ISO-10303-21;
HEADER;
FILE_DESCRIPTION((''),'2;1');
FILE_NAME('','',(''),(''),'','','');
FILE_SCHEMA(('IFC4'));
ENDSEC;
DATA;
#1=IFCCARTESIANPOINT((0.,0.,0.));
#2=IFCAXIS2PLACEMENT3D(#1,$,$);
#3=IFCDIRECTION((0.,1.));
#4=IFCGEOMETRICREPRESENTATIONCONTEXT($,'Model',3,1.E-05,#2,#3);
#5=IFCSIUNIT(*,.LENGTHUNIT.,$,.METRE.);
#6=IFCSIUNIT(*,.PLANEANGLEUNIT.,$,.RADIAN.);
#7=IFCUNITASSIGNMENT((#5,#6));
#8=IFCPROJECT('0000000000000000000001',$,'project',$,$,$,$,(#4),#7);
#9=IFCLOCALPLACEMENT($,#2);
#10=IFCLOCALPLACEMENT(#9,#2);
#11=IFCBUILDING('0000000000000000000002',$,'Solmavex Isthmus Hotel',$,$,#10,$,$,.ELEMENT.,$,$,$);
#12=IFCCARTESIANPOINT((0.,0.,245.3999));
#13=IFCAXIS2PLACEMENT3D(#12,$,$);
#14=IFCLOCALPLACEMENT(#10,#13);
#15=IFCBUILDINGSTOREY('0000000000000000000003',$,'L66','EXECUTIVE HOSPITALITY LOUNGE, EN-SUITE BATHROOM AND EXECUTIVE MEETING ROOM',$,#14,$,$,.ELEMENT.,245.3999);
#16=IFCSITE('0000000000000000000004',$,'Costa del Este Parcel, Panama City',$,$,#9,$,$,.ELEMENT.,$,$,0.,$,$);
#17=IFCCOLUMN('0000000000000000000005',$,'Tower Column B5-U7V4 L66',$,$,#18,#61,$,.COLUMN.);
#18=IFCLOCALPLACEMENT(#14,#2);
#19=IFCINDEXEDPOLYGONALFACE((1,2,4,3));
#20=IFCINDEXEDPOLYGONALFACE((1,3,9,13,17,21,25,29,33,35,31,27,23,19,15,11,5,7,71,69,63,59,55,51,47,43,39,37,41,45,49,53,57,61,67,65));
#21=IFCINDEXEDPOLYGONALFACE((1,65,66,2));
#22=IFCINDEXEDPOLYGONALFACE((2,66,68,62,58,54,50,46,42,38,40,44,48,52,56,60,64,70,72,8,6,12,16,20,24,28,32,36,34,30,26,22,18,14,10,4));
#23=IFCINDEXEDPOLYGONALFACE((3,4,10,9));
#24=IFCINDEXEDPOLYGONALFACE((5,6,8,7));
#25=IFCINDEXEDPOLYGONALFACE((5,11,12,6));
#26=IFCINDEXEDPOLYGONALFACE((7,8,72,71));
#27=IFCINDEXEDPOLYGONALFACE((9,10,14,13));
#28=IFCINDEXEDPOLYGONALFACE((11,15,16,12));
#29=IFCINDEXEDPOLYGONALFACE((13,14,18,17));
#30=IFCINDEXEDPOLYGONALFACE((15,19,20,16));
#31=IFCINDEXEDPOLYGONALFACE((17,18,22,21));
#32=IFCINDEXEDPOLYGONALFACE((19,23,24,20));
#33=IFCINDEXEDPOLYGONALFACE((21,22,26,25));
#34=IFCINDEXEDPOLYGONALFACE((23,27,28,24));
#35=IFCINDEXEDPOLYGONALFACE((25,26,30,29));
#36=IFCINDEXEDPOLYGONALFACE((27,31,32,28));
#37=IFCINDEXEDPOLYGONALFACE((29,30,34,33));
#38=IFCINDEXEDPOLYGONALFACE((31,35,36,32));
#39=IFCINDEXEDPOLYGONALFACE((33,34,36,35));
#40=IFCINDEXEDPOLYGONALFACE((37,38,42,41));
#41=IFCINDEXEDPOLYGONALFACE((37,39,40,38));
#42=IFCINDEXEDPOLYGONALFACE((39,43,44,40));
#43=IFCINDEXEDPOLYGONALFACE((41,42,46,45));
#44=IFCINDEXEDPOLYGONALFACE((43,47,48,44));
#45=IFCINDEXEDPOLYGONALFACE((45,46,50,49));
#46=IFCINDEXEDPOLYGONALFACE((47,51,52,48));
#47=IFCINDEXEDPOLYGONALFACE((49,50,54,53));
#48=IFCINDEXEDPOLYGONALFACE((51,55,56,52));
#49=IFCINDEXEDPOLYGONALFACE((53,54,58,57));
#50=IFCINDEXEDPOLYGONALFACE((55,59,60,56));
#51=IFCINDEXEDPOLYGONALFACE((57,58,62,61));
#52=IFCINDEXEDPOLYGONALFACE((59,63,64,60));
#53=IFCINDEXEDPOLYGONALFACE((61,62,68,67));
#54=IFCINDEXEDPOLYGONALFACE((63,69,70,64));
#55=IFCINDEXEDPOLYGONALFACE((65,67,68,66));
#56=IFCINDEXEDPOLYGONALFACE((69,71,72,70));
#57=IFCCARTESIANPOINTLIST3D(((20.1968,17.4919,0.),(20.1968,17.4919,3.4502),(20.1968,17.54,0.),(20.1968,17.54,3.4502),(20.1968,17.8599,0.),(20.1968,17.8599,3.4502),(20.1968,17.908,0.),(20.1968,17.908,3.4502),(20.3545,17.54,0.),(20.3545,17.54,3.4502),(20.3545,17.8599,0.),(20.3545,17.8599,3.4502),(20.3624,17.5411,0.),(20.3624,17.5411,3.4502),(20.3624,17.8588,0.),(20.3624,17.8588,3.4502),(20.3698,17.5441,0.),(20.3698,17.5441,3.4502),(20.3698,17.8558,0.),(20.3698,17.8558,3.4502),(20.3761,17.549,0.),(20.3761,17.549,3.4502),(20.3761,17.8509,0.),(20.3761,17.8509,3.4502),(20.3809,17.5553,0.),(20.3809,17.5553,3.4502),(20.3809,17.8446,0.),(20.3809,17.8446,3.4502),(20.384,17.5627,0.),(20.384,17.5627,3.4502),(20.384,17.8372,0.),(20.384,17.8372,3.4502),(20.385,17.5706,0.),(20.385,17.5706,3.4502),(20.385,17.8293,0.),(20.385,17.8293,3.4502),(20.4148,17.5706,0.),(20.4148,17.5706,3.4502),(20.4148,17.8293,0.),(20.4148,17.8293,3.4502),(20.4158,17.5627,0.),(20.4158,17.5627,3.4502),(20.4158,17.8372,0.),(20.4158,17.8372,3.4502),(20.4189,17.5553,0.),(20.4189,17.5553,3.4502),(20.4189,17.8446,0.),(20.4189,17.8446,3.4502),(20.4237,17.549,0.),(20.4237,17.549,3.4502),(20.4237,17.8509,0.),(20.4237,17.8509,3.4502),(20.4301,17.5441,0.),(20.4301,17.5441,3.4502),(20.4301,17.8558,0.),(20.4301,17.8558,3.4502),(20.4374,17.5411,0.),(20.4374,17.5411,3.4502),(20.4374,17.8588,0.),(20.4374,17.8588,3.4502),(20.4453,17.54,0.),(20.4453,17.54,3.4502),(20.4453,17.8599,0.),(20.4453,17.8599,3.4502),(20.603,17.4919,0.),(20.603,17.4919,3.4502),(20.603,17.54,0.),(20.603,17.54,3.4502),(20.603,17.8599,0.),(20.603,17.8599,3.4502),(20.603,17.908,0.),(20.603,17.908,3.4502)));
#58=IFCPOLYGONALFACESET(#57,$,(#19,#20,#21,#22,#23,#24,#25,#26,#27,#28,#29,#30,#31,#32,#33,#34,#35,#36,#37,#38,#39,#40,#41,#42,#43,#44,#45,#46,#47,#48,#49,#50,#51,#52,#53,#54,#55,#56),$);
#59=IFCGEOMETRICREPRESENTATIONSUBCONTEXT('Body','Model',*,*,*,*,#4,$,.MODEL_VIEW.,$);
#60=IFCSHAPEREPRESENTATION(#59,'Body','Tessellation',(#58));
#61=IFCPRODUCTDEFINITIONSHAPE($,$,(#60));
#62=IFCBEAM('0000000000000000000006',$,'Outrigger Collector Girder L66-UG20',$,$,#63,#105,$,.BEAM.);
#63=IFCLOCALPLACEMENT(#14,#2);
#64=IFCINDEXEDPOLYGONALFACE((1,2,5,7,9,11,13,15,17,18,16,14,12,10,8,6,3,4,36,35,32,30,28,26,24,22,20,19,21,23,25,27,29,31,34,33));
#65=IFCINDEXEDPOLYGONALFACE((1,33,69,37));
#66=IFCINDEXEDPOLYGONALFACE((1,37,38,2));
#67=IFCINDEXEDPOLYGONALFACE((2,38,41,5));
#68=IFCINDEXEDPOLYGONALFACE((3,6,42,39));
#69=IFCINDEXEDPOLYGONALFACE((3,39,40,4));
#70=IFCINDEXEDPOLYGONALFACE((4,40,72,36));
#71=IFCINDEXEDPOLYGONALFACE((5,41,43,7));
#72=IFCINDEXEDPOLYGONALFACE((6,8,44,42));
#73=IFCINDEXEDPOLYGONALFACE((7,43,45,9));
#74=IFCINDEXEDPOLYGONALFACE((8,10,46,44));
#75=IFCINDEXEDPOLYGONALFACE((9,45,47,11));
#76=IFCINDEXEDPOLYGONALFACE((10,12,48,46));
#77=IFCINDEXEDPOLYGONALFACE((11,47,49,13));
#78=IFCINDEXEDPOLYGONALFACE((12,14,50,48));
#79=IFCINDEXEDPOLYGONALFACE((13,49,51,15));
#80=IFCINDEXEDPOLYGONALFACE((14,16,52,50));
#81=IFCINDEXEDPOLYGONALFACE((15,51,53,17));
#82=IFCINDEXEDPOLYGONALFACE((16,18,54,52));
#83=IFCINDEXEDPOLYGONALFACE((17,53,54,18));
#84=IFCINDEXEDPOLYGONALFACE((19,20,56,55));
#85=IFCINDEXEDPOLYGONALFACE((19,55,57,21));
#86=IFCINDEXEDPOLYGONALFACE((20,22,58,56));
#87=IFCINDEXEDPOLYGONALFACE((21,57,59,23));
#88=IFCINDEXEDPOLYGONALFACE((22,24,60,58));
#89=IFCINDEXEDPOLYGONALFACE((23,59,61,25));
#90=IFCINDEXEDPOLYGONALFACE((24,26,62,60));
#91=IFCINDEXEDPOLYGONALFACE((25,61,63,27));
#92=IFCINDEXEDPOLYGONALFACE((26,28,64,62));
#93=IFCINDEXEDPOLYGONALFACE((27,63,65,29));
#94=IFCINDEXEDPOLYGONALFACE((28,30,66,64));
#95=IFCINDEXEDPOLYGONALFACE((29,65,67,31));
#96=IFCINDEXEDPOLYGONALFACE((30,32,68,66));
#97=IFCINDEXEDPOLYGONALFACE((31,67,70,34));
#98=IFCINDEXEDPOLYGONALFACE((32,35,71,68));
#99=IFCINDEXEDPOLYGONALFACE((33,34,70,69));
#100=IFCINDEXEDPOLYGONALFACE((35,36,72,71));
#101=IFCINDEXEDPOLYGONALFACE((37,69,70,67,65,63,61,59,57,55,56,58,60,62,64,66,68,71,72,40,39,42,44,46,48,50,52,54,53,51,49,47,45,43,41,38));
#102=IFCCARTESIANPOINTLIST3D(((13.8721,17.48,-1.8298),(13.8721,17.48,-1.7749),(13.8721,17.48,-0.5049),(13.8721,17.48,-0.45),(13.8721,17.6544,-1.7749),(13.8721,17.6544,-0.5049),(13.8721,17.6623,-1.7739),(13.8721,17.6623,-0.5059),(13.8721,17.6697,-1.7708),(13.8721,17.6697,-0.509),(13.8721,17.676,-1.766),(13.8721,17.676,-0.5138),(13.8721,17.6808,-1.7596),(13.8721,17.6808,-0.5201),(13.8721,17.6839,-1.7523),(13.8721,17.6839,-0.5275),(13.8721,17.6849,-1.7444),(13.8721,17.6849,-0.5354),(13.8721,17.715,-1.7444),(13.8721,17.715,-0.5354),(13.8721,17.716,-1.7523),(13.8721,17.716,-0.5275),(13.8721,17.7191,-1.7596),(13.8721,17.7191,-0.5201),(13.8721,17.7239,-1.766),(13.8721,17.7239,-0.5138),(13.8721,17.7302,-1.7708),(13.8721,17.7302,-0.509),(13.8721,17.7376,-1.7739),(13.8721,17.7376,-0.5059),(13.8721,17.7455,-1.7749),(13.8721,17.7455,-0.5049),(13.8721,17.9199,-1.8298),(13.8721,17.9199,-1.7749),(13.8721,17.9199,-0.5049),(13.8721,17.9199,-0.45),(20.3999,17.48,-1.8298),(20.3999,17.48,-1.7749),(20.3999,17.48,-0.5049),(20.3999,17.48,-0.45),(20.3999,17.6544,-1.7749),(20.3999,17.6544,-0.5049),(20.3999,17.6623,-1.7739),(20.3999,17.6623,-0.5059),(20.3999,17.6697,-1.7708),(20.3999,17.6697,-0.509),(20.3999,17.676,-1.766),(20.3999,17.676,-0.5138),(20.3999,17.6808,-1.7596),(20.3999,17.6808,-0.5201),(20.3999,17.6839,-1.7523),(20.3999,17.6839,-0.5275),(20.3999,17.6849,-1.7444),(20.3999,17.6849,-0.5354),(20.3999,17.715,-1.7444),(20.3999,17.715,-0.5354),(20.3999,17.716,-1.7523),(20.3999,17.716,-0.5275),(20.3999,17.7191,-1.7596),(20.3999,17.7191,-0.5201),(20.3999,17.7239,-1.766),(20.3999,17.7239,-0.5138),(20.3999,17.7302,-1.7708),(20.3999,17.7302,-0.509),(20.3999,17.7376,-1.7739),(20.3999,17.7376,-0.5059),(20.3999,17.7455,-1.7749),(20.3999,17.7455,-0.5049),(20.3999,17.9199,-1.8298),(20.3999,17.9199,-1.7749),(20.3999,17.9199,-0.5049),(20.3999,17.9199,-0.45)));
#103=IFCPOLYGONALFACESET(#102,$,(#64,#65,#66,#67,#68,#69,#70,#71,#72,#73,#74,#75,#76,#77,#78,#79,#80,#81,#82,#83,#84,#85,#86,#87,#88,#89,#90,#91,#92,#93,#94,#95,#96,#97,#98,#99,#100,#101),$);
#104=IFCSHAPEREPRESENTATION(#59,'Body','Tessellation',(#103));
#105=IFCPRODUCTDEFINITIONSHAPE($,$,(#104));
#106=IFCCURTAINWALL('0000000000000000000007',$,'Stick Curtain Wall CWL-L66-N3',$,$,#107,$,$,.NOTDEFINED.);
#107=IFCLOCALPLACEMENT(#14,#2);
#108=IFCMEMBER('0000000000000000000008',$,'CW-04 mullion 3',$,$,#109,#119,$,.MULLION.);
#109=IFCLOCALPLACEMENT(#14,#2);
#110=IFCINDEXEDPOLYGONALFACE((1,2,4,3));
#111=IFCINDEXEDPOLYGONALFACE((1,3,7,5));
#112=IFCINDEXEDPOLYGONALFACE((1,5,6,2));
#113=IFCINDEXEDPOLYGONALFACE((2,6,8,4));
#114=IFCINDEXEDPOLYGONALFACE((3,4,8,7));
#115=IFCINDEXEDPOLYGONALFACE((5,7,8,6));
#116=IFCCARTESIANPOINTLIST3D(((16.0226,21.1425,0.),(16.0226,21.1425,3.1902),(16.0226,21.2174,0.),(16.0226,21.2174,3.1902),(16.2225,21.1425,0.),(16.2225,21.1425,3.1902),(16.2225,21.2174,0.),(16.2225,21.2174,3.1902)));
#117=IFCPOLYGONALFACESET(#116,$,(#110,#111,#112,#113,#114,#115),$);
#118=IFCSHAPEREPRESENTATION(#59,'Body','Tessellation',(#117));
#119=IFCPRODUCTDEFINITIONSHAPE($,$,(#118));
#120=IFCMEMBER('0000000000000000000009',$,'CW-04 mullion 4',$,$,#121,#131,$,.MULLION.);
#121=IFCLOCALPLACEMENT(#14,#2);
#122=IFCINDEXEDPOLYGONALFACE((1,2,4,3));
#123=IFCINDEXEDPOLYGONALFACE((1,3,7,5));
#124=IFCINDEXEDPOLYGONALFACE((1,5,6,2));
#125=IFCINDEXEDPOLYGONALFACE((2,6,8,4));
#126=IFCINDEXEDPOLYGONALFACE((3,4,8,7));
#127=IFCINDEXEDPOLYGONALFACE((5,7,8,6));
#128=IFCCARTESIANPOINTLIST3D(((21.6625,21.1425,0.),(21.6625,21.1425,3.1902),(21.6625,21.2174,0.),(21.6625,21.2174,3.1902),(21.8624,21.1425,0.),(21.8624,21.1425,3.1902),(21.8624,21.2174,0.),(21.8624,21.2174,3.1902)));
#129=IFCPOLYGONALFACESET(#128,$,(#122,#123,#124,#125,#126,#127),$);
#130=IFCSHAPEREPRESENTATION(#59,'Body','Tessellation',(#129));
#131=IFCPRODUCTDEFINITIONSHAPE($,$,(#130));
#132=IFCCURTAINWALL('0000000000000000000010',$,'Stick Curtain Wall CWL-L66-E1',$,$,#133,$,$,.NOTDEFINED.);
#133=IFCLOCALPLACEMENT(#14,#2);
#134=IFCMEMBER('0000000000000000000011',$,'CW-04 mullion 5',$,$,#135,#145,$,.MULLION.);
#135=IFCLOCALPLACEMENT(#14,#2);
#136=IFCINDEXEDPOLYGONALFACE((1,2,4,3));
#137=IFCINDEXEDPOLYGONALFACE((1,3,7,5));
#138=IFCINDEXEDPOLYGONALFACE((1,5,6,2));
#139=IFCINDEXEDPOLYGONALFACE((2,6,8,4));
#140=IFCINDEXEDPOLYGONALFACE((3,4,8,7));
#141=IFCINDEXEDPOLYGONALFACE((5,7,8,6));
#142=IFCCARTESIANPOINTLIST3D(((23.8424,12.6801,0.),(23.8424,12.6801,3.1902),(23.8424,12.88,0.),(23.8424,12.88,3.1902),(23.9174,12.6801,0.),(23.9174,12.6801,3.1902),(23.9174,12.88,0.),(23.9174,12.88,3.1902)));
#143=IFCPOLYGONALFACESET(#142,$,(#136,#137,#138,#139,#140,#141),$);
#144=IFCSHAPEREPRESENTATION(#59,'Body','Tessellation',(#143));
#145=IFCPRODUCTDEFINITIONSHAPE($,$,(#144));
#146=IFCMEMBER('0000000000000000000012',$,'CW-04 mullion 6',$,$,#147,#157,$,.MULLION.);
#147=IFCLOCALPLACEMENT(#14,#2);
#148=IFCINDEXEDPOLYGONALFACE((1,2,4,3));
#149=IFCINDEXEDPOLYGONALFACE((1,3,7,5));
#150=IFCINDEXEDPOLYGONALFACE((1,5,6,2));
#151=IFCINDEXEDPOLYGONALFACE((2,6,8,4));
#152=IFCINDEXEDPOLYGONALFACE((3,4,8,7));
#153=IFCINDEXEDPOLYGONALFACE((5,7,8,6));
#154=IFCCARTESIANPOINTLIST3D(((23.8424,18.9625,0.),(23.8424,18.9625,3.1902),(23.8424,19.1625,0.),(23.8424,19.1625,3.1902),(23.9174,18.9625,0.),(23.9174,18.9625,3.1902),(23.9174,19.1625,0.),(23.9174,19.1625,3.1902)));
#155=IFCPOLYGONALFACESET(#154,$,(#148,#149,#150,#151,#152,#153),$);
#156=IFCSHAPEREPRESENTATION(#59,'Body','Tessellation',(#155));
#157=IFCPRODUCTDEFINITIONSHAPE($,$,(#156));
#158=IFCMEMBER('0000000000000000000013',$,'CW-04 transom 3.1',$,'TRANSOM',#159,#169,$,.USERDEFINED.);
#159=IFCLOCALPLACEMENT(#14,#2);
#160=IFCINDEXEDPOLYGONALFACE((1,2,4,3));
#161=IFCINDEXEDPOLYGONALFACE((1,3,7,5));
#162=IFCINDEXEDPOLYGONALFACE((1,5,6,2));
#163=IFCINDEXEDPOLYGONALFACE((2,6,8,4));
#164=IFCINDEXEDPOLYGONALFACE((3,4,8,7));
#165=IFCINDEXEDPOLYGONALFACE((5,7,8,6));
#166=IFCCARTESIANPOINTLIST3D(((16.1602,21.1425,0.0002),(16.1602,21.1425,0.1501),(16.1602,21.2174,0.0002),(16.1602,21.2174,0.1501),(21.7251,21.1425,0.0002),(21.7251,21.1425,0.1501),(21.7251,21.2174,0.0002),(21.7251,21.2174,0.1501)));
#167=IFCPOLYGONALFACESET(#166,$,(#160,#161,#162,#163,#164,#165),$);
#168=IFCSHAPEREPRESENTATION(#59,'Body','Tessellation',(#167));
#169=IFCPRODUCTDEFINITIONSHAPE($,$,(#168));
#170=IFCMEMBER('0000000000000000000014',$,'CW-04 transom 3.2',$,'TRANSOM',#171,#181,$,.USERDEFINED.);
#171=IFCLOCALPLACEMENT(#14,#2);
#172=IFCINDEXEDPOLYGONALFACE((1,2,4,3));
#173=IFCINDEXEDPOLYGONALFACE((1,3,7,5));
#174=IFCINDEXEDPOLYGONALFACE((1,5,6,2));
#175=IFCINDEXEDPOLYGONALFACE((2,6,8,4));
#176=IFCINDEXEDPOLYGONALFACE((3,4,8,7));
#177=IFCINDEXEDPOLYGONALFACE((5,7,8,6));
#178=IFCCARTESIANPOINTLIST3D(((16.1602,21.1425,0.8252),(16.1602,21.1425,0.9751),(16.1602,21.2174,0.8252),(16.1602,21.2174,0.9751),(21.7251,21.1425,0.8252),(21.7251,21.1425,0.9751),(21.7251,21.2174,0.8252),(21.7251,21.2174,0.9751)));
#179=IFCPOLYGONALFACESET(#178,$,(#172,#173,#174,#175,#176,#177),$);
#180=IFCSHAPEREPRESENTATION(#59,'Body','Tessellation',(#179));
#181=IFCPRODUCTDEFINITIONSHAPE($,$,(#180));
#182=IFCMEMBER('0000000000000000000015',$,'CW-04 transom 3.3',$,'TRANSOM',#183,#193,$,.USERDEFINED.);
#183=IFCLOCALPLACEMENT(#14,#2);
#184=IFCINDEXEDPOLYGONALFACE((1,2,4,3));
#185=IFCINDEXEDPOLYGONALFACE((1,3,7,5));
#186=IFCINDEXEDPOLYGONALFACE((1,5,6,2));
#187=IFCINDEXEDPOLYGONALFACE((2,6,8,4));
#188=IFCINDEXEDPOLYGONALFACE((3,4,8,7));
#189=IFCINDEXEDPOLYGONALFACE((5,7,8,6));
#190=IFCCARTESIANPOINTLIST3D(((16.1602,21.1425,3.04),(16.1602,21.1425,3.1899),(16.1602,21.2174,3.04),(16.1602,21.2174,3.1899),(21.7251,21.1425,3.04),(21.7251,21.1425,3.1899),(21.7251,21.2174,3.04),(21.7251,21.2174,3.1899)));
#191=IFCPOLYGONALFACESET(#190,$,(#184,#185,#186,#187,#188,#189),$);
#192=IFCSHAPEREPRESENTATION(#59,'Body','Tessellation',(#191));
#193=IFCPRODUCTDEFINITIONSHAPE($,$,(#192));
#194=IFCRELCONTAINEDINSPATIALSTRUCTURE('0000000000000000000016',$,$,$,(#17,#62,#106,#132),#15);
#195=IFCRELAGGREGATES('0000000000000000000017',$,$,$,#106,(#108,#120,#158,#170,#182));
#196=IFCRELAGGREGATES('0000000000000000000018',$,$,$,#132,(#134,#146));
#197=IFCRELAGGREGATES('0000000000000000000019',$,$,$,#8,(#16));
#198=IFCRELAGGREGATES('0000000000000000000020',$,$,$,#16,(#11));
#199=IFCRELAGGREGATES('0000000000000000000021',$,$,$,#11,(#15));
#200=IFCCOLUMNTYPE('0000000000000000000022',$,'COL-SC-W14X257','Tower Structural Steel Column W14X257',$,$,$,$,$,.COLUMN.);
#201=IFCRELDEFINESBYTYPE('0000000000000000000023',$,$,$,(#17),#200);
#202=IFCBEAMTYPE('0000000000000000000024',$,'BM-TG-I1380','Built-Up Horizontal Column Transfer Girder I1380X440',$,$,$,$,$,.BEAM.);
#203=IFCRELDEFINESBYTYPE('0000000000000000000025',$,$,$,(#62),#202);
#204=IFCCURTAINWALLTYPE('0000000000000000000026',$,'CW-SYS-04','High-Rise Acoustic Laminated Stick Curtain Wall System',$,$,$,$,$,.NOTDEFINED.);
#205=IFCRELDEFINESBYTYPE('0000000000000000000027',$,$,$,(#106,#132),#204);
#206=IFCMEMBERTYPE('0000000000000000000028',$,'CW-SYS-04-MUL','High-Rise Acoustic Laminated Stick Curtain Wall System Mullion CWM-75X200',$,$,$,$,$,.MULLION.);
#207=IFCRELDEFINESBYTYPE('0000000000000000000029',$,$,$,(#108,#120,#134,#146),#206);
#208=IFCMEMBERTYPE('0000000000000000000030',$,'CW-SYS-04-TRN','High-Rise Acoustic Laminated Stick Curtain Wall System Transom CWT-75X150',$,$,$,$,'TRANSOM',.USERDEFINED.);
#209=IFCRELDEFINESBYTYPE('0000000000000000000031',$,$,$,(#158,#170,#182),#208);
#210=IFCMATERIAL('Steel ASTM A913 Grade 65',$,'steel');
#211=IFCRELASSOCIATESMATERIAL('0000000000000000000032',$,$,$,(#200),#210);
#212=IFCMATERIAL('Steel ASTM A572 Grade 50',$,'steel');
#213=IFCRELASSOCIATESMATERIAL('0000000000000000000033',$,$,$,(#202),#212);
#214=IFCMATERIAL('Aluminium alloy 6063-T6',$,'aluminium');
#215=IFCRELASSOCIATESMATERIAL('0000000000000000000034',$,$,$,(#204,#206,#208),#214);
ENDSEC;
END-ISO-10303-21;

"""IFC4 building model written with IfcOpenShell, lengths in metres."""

from ifc_helpers import new_model, si_unit, direction, frame, origin, origin_2d, place, context, subcontext, project, spatial, rectangle, i_section, extrude, material, material_profile, profile_set, type_object, element, aggregate, save


model = new_model("IFC4")

# Units and contexts
model_context = context("Model", 3, precision=1e-05, world=origin(), true_north=direction((0.0, 1.0)))
body_context = subcontext(model_context, "Body", "Model", "MODEL_VIEW")
ifc_project = project(units=[si_unit("LENGTHUNIT", "METRE"), si_unit("PLANEANGLEUNIT", "RADIAN")], contexts=[model_context])

# Site, building, storey
site_placement = place(None, origin())
site = spatial("IfcSite", under=ifc_project, at=site_placement, Name="Costa del Este Parcel, Panama City", CompositionType="ELEMENT", RefElevation=0.0)
building_placement = place(site_placement, origin())
building = spatial("IfcBuilding", under=site, at=building_placement, Name="Solmavex Isthmus Hotel", CompositionType="ELEMENT")
storey_placement = place(building_placement, frame((0.0, 0.0, 245.3999)))
storey = spatial("IfcBuildingStorey", under=building, at=storey_placement, Name="L66", Description="EXECUTIVE HOSPITALITY LOUNGE, EN-SUITE BATHROOM AND EXECUTIVE MEETING ROOM", CompositionType="ELEMENT", Elevation=245.3999)

# Column
ifc_material_1 = material(Name="Steel ASTM A913 Grade 65", Category="steel")
ifc_material_profile_1 = material_profile(ifc_material_1, i_section(OverallWidth=0.4062, OverallDepth=0.416, WebThickness=0.0298, FlangeThickness=0.0481, FilletRadius=0.0305, at=origin_2d()), Name="W14X257")
ifc_profile_set_1 = profile_set([ifc_material_profile_1], Name="Steel ASTM A913 Grade 65")
column_type = type_object("IfcColumnType", Name="COL-SC-W14X257", Description="Tower Structural Steel Column W14X257", PredefinedType="COLUMN", material=ifc_profile_set_1)
column_placement = place(storey_placement, frame((20.3999, 17.7, 0.0), z_axis=(0.0, 0.0, 1.0), x_axis=(1.0, 0.0, 0.0)))
element("IfcColumn", 1, at=column_placement, inside=storey, type_object=column_type, Name="Tower Column B5-U7V4 L66", PredefinedType="COLUMN", context=body_context, shape_type="SweptSolid", body=[
    extrude(i_section(OverallWidth=0.4062, OverallDepth=0.416, WebThickness=0.0298, FlangeThickness=0.0481, FilletRadius=0.0305, at=origin_2d()), origin(), (0.0, 0.0, 1.0), 3.4502),
])

# Beam
ifc_material_2 = material(Name="Steel ASTM A572 Grade 50", Category="steel")
ifc_material_profile_2 = material_profile(ifc_material_2, i_section(OverallWidth=0.4399, OverallDepth=1.3799, WebThickness=0.03, FlangeThickness=0.0549, FilletRadius=0.0305, at=origin_2d()), Name="I1380X440")
ifc_profile_set_2 = profile_set([ifc_material_profile_2], Name="Steel ASTM A572 Grade 50")
beam_type = type_object("IfcBeamType", Name="BM-TG-I1380", Description="Built-Up Horizontal Column Transfer Girder I1380X440", PredefinedType="BEAM", material=ifc_profile_set_2)
beam_placement = place(storey_placement, frame((13.8721, 17.7, -1.1399), z_axis=(1.0, 0.0, 0.0), x_axis=(0.0, 1.0, 0.0)))
element("IfcBeam", 2, at=beam_placement, inside=storey, type_object=beam_type, Name="Outrigger Collector Girder L66-UG20", PredefinedType="BEAM", context=body_context, shape_type="SweptSolid", body=[
    extrude(i_section(OverallWidth=0.4399, OverallDepth=1.3799, WebThickness=0.03, FlangeThickness=0.0549, FilletRadius=0.0305, at=origin_2d()), origin(), (0.0, 0.0, 1.0), 6.5278),
])

# Curtain walls, members
ifc_material_3 = material(Name="Aluminium alloy 6063-T6", Category="aluminium")
curtain_wall_type = type_object("IfcCurtainWallType", Name="CW-SYS-04", Description="High-Rise Acoustic Laminated Stick Curtain Wall System", PredefinedType="NOTDEFINED", material=ifc_material_3)
curtain_wall_1_placement = place(storey_placement, origin())
curtain_wall_1 = element("IfcCurtainWall", 3, at=curtain_wall_1_placement, inside=storey, type_object=curtain_wall_type, Name="Stick Curtain Wall CWL-L66-N3", PredefinedType="NOTDEFINED")
ifc_material_profile_3 = material_profile(ifc_material_3, rectangle(XDim=0.075, YDim=0.2, at=origin_2d()), Name="CWM-75X200")
ifc_profile_set_3 = profile_set([ifc_material_profile_3], Name="Aluminium alloy 6063-T6")
member_type_1 = type_object("IfcMemberType", Name="CW-SYS-04-MUL", Description="High-Rise Acoustic Laminated Stick Curtain Wall System Mullion CWM-75X200", PredefinedType="MULLION", material=ifc_profile_set_3)
member_1_placement = place(storey_placement, frame((16.1226, 21.1799, 0.0), z_axis=(0.0, 0.0, 1.0), x_axis=(0.0, 1.0, 0.0)))
member_1 = element("IfcMember", 4, at=member_1_placement, type_object=member_type_1, Name="CW-04 mullion 3", PredefinedType="MULLION", context=body_context, shape_type="SweptSolid", body=[
    extrude(rectangle(XDim=0.075, YDim=0.2, at=origin_2d()), origin(), (0.0, 0.0, 1.0), 3.1902),
])
member_2_placement = place(storey_placement, frame((21.7625, 21.1799, 0.0), z_axis=(0.0, 0.0, 1.0), x_axis=(0.0, 1.0, 0.0)))
member_2 = element("IfcMember", 5, at=member_2_placement, type_object=member_type_1, Name="CW-04 mullion 4", PredefinedType="MULLION", context=body_context, shape_type="SweptSolid", body=[
    extrude(rectangle(XDim=0.075, YDim=0.2, at=origin_2d()), origin(), (0.0, 0.0, 1.0), 3.1902),
])
curtain_wall_2_placement = place(storey_placement, origin())
curtain_wall_2 = element("IfcCurtainWall", 6, at=curtain_wall_2_placement, inside=storey, type_object=curtain_wall_type, Name="Stick Curtain Wall CWL-L66-E1", PredefinedType="NOTDEFINED")
member_3_placement = place(storey_placement, frame((23.8799, 12.78, 0.0), z_axis=(0.0, 0.0, 1.0), x_axis=(-1.0, 0.0, 0.0)))
member_3 = element("IfcMember", 7, at=member_3_placement, type_object=member_type_1, Name="CW-04 mullion 5", PredefinedType="MULLION", context=body_context, shape_type="SweptSolid", body=[
    extrude(rectangle(XDim=0.075, YDim=0.2, at=origin_2d()), origin(), (0.0, 0.0, 1.0), 3.1902),
])
member_4_placement = place(storey_placement, frame((23.8799, 19.0625, 0.0), z_axis=(0.0, 0.0, 1.0), x_axis=(-1.0, 0.0, 0.0)))
member_4 = element("IfcMember", 8, at=member_4_placement, type_object=member_type_1, Name="CW-04 mullion 6", PredefinedType="MULLION", context=body_context, shape_type="SweptSolid", body=[
    extrude(rectangle(XDim=0.075, YDim=0.2, at=origin_2d()), origin(), (0.0, 0.0, 1.0), 3.1902),
])

# Members
ifc_material_profile_4 = material_profile(ifc_material_3, rectangle(XDim=0.075, YDim=0.1499, at=origin_2d()), Name="CWT-75X150")
ifc_profile_set_4 = profile_set([ifc_material_profile_4], Name="Aluminium alloy 6063-T6")
member_type_2 = type_object("IfcMemberType", Name="CW-SYS-04-TRN", Description="High-Rise Acoustic Laminated Stick Curtain Wall System Transom CWT-75X150", ElementType="TRANSOM", PredefinedType="USERDEFINED", material=ifc_profile_set_4)
member_5_placement = place(storey_placement, frame((16.1602, 21.1799, 0.0752), z_axis=(1.0, 0.0, 0.0), x_axis=(0.0, 1.0, 0.0)))
member_5 = element("IfcMember", 9, at=member_5_placement, type_object=member_type_2, Name="CW-04 transom 3.1", ObjectType="TRANSOM", PredefinedType="USERDEFINED", context=body_context, shape_type="SweptSolid", body=[
    extrude(rectangle(XDim=0.075, YDim=0.1499, at=origin_2d()), origin(), (0.0, 0.0, 1.0), 5.5649),
])
member_6_placement = place(storey_placement, frame((16.1602, 21.1799, 0.9001), z_axis=(1.0, 0.0, 0.0), x_axis=(0.0, 1.0, 0.0)))
member_6 = element("IfcMember", 10, at=member_6_placement, type_object=member_type_2, Name="CW-04 transom 3.2", ObjectType="TRANSOM", PredefinedType="USERDEFINED", context=body_context, shape_type="SweptSolid", body=[
    extrude(rectangle(XDim=0.075, YDim=0.1499, at=origin_2d()), origin(), (0.0, 0.0, 1.0), 5.5649),
])
member_7_placement = place(storey_placement, frame((16.1602, 21.1799, 3.115), z_axis=(1.0, 0.0, 0.0), x_axis=(0.0, 1.0, 0.0)))
member_7 = element("IfcMember", 11, at=member_7_placement, type_object=member_type_2, Name="CW-04 transom 3.3", ObjectType="TRANSOM", PredefinedType="USERDEFINED", context=body_context, shape_type="SweptSolid", body=[
    extrude(rectangle(XDim=0.075, YDim=0.1499, at=origin_2d()), origin(), (0.0, 0.0, 1.0), 5.5649),
])

aggregate(curtain_wall_1, [member_1, member_2, member_5, member_6, member_7])
aggregate(curtain_wall_2, [member_3, member_4])

save(model, "model.ifc")
